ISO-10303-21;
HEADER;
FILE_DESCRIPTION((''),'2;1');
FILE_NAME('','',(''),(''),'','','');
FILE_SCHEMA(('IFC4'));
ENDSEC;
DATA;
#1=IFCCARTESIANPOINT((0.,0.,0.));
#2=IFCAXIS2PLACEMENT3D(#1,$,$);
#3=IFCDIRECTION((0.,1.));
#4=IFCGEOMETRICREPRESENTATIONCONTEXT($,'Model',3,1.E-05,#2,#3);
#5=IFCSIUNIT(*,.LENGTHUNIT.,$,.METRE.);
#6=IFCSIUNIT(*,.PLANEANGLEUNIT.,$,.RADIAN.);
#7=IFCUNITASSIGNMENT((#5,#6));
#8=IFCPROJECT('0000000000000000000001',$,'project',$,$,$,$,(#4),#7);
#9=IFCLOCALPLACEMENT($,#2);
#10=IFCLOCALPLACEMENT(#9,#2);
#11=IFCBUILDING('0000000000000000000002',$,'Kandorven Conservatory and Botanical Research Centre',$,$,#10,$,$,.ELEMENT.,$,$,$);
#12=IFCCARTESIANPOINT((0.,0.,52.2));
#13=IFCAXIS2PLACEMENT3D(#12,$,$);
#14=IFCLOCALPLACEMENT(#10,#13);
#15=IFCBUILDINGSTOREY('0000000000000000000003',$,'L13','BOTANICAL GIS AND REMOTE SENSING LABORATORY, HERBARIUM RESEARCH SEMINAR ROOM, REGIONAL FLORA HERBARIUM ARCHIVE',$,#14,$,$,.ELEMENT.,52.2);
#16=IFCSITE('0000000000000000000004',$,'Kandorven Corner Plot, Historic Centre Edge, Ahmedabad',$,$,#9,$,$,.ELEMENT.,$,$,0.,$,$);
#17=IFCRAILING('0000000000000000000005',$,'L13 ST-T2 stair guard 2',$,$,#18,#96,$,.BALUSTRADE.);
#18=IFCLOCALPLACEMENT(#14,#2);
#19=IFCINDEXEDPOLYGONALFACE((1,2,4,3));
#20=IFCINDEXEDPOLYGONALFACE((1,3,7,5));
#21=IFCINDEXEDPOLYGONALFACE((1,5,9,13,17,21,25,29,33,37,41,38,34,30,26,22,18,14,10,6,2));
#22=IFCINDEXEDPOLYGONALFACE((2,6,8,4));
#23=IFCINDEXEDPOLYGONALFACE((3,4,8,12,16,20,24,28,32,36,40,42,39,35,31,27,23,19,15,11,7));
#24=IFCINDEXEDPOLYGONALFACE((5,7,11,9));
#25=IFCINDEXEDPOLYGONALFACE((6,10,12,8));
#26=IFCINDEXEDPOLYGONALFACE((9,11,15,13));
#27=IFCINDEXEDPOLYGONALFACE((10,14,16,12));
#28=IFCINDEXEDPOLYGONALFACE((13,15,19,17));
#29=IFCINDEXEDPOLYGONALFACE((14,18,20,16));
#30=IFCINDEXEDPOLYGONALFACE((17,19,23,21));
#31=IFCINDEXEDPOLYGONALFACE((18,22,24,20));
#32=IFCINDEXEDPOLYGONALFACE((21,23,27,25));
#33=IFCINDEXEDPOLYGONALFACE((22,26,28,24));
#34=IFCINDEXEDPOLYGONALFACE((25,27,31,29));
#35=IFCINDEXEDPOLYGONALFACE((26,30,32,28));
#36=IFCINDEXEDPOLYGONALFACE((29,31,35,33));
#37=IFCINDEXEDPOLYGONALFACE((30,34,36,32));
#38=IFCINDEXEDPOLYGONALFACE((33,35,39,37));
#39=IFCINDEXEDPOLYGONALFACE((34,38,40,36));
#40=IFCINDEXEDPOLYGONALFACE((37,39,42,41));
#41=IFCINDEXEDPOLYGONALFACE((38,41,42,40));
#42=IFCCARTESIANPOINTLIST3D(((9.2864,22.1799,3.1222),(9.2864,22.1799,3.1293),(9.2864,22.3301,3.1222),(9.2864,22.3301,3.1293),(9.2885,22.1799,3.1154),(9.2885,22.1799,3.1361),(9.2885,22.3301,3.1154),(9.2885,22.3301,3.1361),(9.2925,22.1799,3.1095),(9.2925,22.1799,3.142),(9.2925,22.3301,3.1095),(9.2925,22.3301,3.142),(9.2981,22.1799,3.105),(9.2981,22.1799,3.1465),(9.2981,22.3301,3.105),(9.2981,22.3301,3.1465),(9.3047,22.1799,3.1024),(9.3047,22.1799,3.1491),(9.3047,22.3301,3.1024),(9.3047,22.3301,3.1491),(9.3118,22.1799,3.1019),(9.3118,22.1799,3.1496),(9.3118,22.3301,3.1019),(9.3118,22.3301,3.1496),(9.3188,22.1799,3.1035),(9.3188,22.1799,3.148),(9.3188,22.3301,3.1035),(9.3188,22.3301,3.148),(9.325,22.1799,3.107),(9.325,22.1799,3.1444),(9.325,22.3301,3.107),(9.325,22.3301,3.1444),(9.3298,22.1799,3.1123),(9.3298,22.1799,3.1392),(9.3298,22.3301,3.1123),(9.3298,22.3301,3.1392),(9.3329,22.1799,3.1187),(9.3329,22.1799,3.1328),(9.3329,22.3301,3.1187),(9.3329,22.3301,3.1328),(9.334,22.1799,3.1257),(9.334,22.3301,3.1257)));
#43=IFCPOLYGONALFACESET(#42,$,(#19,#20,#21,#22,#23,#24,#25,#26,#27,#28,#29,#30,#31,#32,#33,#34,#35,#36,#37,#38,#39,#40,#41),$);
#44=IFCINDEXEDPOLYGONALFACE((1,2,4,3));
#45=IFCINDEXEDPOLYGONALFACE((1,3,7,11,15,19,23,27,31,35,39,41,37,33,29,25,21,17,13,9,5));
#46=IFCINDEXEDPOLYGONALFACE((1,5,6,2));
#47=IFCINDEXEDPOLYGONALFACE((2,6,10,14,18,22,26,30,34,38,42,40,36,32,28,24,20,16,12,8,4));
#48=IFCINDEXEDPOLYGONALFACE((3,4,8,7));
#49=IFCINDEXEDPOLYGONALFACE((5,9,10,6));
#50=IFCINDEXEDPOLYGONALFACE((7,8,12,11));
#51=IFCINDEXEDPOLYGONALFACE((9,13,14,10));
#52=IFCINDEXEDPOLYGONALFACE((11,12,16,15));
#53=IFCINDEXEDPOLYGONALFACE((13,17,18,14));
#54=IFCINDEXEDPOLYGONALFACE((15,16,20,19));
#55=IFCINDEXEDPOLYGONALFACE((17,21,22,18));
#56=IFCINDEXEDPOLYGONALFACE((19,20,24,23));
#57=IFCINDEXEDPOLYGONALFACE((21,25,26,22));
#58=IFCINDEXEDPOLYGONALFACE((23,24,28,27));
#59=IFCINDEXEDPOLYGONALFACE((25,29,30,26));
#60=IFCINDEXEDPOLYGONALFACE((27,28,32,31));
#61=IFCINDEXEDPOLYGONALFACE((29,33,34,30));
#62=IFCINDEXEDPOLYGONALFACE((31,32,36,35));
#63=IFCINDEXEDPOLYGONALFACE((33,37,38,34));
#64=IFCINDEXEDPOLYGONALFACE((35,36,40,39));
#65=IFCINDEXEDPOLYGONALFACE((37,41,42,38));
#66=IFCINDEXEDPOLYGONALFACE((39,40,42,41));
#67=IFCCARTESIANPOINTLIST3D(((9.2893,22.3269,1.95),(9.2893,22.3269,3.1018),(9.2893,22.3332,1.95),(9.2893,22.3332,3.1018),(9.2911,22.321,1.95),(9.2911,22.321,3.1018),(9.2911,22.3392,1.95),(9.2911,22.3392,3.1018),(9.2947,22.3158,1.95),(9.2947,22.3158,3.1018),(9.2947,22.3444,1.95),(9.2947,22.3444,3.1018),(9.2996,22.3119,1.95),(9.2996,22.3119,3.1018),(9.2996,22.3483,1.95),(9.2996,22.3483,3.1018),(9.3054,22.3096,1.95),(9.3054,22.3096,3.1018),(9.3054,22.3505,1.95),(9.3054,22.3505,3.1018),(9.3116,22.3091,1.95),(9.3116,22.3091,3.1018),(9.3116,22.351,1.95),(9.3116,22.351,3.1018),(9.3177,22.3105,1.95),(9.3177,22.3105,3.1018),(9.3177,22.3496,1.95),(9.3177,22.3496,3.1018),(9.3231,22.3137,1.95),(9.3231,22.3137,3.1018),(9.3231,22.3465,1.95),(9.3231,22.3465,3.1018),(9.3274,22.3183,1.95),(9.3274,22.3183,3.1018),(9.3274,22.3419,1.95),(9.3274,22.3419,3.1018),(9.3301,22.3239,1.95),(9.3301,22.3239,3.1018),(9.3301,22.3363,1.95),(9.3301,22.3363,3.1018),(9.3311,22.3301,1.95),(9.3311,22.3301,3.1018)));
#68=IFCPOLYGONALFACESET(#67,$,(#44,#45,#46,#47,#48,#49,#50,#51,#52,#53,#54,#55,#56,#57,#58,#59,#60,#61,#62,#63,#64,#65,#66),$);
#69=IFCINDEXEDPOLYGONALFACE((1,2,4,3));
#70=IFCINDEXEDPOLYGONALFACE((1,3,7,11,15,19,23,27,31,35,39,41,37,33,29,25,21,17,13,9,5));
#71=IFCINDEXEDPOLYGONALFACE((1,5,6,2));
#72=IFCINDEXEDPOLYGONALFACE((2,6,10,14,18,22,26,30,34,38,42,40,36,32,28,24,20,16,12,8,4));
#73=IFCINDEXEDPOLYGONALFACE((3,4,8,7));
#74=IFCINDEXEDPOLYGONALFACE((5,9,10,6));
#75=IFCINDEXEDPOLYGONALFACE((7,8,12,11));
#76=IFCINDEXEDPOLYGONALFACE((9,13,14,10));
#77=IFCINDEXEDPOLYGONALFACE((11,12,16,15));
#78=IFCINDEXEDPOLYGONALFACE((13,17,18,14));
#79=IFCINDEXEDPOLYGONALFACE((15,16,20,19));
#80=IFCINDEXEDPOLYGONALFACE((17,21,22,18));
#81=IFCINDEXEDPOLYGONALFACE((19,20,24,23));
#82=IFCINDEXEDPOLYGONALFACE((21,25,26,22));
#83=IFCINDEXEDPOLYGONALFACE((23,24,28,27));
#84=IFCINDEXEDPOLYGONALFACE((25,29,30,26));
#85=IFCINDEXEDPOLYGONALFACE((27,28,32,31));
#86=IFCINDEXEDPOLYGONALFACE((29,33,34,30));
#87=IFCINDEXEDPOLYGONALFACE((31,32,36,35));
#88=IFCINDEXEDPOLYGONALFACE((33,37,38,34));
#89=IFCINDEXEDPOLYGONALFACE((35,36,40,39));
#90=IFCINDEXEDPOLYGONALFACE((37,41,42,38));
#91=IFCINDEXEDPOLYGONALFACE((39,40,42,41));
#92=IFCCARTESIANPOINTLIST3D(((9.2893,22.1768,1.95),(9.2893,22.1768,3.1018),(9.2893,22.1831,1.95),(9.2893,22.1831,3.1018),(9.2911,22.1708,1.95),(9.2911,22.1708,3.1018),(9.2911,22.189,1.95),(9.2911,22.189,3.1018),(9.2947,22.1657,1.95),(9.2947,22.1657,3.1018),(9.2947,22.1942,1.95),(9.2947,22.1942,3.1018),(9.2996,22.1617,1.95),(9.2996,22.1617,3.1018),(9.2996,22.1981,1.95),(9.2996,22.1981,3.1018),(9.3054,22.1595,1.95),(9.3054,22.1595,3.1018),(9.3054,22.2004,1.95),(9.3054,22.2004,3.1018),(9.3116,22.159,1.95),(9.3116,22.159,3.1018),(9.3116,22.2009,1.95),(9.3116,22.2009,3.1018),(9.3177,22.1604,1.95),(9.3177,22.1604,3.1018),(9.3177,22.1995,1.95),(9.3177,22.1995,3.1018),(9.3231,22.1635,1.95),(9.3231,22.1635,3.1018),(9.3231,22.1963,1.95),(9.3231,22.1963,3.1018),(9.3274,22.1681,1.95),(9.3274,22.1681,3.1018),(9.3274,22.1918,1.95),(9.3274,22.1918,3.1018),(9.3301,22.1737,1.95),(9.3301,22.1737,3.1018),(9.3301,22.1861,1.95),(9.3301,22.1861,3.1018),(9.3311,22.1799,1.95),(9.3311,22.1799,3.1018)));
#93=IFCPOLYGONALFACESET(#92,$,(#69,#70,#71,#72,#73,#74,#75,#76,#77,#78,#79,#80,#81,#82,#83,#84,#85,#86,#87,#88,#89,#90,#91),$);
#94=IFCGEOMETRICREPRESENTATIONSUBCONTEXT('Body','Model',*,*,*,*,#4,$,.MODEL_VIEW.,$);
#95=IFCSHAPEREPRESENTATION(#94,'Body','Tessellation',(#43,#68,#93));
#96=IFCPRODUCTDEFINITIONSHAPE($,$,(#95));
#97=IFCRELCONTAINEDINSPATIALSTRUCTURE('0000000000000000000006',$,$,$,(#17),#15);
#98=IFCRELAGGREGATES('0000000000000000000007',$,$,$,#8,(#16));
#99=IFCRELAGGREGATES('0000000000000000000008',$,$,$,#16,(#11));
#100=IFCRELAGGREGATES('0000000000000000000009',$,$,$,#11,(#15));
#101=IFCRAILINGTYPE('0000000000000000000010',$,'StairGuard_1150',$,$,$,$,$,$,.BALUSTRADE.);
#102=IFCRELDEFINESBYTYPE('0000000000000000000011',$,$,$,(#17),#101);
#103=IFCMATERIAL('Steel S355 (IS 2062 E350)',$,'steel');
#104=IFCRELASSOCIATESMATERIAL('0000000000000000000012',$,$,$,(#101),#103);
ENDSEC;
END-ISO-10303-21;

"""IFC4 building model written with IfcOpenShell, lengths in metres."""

from ifc_helpers import new_model, si_unit, direction, frame, origin, origin_2d, place, context, subcontext, project, spatial, circle, extrude, material, type_object, element, save


model = new_model("IFC4")

# Units and contexts
model_context = context("Model", 3, precision=1e-05, world=origin(), true_north=direction((0.0, 1.0)))
body_context = subcontext(model_context, "Body", "Model", "MODEL_VIEW")
ifc_project = project(units=[si_unit("LENGTHUNIT", "METRE"), si_unit("PLANEANGLEUNIT", "RADIAN")], contexts=[model_context])

# Site, building, storey
site_placement = place(None, origin())
site = spatial("IfcSite", under=ifc_project, at=site_placement, Name="Kandorven Corner Plot, Historic Centre Edge, Ahmedabad", CompositionType="ELEMENT", RefElevation=0.0)
building_placement = place(site_placement, origin())
building = spatial("IfcBuilding", under=site, at=building_placement, Name="Kandorven Conservatory and Botanical Research Centre", CompositionType="ELEMENT")
storey_placement = place(building_placement, frame((0.0, 0.0, 52.2)))
storey = spatial("IfcBuildingStorey", under=building, at=storey_placement, Name="L13", Description="BOTANICAL GIS AND REMOTE SENSING LABORATORY, HERBARIUM RESEARCH SEMINAR ROOM, REGIONAL FLORA HERBARIUM ARCHIVE", CompositionType="ELEMENT", Elevation=52.2)

# Railing
ifc_material_1 = material(Name="Steel S355 (IS 2062 E350)", Category="steel")
railing_type_1 = type_object("IfcRailingType", Name="StairGuard_1150", PredefinedType="BALUSTRADE", material=ifc_material_1)
railing_1_placement = place(storey_placement, frame((9.3101, 22.3301, 1.95)))
element("IfcRailing", 1, at=railing_1_placement, inside=storey, type_object=railing_type_1, Name="L13 ST-T2 stair guard 2", PredefinedType="BALUSTRADE", context=body_context, shape_type="SweptSolid", body=[
    extrude(circle(Radius=0.0239, at=origin_2d()), frame((0.0, 0.0, 1.1758), z_axis=(0.0, -1.0, 0.0), x_axis=(1.0, 0.0, 0.0)), (0.0, 0.0, 1.0), 0.1501),
    extrude(circle(Radius=0.021, at=origin_2d()), origin(), (0.0, 0.0, 1.0), 1.1519),
    extrude(circle(Radius=0.021, at=origin_2d()), frame((0.0, -0.1501, 0.0)), (0.0, 0.0, 1.0), 1.1519),
])

save(model, "model.ifc")
